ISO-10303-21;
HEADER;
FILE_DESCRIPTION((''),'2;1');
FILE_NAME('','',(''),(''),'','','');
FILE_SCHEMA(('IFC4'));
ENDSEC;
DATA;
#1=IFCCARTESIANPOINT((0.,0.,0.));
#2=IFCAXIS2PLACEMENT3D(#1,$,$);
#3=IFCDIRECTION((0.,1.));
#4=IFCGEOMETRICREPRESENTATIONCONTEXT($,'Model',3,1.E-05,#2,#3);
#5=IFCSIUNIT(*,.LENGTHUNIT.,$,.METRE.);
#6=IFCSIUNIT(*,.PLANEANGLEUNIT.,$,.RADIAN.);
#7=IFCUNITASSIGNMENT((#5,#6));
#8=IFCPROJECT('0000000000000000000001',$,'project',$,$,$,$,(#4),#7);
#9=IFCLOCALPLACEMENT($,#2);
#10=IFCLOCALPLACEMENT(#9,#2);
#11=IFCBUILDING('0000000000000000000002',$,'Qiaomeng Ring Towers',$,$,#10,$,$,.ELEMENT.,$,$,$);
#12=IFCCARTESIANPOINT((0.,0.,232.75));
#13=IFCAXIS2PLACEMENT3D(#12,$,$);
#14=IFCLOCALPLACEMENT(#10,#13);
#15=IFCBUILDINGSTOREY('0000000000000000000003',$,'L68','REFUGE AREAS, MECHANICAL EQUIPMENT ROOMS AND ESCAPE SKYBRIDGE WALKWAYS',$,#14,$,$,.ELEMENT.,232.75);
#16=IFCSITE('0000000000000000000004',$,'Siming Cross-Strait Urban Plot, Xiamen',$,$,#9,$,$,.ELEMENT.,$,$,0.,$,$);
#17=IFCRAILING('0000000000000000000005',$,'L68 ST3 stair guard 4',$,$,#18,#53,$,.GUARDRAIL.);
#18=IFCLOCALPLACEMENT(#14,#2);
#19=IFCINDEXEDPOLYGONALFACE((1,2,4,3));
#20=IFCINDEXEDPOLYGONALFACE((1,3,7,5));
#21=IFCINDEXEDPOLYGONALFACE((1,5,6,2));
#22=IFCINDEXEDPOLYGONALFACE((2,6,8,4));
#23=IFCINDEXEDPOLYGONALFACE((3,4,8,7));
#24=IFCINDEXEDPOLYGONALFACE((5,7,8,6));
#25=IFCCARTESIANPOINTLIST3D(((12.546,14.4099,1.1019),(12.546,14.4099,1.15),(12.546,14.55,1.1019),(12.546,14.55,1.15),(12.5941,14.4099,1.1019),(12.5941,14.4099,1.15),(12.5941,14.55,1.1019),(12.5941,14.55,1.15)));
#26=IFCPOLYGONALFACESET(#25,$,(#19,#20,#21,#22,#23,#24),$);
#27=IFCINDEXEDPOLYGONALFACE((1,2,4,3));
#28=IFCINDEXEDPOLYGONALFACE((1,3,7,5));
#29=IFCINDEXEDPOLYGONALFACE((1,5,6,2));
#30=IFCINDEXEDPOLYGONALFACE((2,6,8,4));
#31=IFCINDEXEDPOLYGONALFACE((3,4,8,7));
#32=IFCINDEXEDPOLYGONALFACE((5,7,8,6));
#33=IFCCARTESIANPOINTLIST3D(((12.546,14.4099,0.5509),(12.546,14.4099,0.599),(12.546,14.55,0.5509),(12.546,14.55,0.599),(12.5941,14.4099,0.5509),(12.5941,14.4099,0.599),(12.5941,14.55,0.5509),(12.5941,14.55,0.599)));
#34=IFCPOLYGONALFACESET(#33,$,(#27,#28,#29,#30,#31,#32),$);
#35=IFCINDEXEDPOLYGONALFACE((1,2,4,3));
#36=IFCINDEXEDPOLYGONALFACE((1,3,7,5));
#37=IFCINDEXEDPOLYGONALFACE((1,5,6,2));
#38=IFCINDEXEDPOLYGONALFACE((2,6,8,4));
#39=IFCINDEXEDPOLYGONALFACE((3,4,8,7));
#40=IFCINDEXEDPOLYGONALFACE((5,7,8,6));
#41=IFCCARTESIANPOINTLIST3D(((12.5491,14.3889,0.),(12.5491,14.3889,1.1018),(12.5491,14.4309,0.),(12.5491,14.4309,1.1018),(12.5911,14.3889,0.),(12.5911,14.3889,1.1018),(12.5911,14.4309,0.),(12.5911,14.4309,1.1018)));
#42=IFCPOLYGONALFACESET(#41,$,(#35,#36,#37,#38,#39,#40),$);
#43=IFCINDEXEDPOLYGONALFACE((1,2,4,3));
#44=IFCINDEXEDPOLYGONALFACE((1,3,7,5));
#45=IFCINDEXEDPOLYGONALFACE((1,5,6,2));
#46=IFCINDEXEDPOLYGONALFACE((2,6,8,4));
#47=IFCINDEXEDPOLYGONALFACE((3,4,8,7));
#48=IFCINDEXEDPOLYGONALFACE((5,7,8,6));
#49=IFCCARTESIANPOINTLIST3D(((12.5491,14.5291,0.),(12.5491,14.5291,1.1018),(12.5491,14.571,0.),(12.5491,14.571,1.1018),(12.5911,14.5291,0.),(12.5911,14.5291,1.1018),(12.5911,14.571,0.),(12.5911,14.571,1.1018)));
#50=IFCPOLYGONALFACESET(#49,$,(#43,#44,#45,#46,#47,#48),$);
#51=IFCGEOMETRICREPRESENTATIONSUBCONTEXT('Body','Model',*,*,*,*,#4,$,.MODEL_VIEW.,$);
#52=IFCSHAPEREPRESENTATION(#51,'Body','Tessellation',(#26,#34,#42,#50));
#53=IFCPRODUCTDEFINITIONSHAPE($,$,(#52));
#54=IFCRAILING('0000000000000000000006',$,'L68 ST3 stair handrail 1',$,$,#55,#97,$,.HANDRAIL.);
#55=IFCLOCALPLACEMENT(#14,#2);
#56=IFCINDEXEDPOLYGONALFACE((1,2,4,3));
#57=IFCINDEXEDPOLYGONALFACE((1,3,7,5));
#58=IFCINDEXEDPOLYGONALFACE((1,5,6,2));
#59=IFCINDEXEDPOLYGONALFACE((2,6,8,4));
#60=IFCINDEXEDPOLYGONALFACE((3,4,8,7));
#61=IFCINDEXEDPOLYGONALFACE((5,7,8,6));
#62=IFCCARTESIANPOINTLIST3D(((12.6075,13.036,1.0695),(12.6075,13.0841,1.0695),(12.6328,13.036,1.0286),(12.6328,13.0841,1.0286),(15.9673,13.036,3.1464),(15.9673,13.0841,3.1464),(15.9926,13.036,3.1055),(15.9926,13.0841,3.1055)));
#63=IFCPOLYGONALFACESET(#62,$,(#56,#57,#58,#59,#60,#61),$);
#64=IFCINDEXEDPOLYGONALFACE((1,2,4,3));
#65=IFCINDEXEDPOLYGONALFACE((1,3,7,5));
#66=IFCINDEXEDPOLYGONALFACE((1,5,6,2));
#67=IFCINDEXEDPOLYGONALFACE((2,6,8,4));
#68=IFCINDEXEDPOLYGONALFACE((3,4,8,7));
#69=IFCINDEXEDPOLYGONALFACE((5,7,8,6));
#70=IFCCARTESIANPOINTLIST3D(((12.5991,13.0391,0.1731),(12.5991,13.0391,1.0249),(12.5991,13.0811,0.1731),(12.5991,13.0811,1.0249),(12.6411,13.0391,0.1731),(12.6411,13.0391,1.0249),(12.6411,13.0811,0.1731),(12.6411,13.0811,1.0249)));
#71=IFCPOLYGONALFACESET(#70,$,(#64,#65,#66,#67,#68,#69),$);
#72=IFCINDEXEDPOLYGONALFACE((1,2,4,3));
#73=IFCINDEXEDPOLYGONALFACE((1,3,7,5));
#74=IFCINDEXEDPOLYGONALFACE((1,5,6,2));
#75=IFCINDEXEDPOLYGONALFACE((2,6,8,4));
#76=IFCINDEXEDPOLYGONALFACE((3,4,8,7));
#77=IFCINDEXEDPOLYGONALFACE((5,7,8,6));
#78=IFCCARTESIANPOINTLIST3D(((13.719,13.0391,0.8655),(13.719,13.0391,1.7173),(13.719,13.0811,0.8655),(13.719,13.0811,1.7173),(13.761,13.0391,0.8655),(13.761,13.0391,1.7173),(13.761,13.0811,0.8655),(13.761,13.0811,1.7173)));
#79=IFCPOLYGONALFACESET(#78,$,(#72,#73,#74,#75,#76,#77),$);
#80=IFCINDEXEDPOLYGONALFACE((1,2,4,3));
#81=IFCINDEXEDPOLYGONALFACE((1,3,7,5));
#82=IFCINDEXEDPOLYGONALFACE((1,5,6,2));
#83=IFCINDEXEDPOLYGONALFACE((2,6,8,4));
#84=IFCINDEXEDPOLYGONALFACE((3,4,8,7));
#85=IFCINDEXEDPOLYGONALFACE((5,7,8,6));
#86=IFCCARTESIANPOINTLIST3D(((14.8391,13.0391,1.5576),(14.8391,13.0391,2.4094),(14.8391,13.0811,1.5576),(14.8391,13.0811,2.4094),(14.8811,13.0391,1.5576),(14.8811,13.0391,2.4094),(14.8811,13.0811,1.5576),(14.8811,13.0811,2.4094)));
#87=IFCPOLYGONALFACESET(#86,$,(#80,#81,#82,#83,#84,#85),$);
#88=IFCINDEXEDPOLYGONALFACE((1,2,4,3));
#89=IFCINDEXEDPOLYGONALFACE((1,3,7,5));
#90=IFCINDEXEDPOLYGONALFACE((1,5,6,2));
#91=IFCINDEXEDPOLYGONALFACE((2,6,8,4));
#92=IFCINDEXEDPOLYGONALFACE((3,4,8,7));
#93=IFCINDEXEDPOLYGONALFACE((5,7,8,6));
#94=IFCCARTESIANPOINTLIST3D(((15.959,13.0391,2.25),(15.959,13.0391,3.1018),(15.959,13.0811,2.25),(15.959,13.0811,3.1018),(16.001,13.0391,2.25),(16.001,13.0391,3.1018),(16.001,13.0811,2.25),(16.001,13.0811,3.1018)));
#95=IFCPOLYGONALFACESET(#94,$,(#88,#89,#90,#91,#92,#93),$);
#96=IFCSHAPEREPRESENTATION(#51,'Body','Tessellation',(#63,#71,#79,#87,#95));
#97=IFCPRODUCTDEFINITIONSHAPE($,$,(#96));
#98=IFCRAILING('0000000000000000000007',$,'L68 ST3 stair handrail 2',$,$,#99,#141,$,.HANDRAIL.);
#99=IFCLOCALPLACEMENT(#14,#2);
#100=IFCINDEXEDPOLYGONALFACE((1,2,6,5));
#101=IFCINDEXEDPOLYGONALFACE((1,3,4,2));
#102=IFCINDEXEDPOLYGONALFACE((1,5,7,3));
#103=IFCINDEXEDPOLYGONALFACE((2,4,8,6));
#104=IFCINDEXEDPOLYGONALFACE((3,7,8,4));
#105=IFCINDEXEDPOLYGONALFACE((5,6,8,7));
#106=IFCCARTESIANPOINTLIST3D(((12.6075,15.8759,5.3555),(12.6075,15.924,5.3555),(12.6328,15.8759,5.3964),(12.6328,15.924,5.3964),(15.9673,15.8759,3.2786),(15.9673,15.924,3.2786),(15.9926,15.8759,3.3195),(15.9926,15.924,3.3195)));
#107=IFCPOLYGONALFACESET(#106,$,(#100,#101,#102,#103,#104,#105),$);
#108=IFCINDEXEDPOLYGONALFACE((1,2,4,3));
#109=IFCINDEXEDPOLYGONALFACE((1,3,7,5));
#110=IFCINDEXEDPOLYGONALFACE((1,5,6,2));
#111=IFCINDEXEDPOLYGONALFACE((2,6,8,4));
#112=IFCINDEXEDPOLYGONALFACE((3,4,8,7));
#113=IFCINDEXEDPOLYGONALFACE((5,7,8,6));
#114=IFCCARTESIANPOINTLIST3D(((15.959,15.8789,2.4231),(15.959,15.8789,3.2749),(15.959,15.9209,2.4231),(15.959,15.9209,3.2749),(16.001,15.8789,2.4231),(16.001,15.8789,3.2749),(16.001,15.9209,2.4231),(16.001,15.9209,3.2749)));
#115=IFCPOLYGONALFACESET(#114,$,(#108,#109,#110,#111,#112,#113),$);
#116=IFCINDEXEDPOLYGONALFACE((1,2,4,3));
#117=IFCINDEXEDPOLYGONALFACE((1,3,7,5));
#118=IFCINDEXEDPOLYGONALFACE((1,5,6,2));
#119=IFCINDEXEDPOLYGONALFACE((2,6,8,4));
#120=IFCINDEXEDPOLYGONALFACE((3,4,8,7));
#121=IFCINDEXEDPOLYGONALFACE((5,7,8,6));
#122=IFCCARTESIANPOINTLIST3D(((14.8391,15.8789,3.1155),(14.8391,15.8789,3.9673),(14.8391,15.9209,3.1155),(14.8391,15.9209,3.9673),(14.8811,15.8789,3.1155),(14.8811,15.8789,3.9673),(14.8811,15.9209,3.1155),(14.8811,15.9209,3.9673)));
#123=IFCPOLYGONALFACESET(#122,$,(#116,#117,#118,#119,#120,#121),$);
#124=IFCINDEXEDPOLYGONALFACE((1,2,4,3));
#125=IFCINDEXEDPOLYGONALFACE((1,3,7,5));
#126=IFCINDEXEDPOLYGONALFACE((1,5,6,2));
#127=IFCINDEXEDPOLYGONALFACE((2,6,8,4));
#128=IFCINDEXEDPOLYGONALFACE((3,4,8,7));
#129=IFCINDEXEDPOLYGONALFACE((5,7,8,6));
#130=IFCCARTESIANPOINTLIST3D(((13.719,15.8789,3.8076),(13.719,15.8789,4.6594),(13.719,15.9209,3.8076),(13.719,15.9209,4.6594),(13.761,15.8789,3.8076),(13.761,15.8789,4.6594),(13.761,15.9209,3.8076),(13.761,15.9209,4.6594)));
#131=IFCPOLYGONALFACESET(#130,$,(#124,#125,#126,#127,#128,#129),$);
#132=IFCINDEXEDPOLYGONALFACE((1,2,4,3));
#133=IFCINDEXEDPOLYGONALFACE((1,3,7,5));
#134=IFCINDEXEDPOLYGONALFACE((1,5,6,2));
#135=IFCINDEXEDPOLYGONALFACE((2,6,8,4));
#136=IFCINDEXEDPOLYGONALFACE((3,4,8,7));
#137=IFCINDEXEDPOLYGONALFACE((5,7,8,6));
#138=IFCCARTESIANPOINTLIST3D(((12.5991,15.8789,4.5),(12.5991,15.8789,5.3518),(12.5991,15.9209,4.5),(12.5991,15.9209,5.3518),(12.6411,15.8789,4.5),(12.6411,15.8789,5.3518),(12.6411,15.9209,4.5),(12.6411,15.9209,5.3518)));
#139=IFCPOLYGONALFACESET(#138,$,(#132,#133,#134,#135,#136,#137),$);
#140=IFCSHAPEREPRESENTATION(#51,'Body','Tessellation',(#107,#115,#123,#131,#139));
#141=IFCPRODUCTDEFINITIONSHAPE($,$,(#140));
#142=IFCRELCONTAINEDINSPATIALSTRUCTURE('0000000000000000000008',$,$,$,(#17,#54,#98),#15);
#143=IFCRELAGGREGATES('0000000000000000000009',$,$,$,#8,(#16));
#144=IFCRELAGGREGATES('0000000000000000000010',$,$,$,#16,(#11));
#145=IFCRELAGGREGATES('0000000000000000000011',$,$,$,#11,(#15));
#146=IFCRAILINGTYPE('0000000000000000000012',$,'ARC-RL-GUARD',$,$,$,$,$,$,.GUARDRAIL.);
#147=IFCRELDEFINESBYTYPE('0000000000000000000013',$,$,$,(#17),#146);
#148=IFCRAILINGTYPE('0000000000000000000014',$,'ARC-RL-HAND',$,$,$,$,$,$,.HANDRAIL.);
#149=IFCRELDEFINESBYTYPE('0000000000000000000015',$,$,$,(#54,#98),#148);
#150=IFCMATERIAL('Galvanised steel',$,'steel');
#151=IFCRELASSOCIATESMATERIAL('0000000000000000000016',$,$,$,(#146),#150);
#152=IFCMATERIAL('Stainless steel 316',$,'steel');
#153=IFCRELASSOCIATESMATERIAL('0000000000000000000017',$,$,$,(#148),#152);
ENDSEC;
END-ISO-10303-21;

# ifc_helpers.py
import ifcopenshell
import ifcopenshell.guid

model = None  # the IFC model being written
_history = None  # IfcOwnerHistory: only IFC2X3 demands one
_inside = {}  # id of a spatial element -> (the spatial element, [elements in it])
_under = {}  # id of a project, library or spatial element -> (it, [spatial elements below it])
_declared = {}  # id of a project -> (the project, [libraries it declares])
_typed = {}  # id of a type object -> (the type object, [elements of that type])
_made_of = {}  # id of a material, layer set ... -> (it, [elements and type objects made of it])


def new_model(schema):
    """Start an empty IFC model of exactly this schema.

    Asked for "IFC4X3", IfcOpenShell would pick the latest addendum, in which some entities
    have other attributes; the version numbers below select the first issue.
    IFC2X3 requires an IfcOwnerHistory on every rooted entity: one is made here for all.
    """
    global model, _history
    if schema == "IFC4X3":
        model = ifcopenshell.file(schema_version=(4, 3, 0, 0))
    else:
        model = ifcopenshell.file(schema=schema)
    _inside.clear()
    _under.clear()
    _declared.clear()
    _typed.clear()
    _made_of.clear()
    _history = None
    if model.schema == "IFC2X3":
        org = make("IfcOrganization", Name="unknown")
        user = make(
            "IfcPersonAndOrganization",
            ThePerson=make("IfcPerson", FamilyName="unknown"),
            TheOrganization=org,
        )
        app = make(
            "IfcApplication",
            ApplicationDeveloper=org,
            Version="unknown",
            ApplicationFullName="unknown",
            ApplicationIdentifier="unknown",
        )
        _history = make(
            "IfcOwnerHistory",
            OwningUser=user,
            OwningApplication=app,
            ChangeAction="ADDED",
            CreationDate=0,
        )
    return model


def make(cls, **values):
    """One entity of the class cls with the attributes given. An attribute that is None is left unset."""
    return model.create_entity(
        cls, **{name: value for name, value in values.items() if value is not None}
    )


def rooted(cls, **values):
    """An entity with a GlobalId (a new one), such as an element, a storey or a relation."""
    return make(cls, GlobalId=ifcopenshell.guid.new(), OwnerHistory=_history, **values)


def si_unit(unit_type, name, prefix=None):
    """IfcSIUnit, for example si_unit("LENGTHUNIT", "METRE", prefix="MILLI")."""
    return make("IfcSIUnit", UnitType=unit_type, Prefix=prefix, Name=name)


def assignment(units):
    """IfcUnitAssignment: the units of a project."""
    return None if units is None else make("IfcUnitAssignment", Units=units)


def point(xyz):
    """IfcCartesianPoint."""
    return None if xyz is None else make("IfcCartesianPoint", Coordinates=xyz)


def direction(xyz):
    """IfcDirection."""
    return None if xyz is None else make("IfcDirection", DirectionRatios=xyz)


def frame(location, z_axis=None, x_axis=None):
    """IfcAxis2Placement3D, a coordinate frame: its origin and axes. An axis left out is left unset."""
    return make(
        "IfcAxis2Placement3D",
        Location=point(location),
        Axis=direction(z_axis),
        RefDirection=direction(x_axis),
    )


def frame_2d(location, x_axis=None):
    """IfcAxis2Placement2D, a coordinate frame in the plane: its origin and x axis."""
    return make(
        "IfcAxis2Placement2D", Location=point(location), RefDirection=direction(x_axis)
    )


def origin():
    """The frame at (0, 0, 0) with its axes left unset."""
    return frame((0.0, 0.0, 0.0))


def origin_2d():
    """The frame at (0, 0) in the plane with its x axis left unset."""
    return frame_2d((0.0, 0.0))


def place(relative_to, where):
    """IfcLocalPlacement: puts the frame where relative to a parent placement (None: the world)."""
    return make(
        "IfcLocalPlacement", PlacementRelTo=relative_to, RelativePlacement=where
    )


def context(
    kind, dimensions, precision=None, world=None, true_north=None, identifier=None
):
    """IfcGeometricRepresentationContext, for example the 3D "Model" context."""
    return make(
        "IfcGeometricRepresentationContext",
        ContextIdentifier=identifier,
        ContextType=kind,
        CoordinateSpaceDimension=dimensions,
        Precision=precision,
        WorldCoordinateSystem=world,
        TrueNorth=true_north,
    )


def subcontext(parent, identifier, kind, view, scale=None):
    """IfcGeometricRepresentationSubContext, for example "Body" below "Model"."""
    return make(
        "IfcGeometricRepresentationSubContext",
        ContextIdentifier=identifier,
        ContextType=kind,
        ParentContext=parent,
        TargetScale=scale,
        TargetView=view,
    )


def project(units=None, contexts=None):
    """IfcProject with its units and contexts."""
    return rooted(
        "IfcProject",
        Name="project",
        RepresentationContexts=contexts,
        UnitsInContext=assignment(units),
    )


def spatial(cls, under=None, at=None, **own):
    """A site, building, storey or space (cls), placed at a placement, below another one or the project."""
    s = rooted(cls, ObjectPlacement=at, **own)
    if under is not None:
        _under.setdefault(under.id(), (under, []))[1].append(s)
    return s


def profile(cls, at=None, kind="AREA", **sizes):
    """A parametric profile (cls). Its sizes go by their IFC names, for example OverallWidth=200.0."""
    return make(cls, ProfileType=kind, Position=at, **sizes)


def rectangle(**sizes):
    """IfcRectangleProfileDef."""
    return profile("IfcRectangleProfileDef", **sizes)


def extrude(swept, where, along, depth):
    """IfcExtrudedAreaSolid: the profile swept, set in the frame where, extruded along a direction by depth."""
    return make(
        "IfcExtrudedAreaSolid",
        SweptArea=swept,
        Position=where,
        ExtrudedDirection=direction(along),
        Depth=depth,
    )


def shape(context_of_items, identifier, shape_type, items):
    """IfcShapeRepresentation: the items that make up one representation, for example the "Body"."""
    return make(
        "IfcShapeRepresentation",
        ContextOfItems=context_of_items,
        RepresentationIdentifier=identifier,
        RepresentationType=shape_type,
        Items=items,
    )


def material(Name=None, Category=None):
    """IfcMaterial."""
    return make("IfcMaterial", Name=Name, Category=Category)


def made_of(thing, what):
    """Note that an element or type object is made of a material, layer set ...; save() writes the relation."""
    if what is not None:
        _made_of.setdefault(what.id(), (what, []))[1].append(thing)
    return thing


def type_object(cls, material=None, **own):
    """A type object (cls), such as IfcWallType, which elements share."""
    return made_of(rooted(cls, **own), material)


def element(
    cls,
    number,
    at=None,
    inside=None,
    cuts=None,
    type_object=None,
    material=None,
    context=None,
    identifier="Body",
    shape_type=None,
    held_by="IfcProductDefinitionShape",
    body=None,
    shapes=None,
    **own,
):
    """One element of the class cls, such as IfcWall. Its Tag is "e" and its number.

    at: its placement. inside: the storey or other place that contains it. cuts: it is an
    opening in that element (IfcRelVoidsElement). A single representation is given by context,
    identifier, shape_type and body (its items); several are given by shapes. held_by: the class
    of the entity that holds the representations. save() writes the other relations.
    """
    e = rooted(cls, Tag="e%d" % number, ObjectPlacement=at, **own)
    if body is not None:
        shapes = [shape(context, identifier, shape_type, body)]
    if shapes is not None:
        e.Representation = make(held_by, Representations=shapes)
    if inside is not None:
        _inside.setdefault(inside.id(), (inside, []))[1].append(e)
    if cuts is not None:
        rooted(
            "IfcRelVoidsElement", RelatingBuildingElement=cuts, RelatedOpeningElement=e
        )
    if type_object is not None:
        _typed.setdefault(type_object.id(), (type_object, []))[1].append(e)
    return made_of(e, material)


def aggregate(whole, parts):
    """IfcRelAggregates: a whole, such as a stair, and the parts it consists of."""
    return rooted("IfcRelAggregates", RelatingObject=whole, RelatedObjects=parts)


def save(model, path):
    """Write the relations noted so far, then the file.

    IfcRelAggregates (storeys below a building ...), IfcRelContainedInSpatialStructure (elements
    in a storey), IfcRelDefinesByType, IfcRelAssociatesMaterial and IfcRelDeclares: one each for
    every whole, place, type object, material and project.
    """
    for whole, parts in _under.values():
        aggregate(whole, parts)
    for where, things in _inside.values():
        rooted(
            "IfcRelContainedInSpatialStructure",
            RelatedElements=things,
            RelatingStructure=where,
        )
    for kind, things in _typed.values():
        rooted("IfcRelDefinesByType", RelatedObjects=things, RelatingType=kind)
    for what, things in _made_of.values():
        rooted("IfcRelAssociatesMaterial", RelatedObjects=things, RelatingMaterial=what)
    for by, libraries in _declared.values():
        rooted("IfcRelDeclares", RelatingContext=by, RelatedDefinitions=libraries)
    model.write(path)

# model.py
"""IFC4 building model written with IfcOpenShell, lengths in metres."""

from ifc_helpers import new_model, si_unit, direction, frame, origin, origin_2d, place, context, subcontext, project, spatial, rectangle, extrude, material, type_object, element, save


model = new_model("IFC4")

# Units and contexts
model_context = context("Model", 3, precision=1e-05, world=origin(), true_north=direction((0.0, 1.0)))
body_context = subcontext(model_context, "Body", "Model", "MODEL_VIEW")
ifc_project = project(units=[si_unit("LENGTHUNIT", "METRE"), si_unit("PLANEANGLEUNIT", "RADIAN")], contexts=[model_context])

# Site, building, storey
site_placement = place(None, origin())
site = spatial("IfcSite", under=ifc_project, at=site_placement, Name="Siming Cross-Strait Urban Plot, Xiamen", CompositionType="ELEMENT", RefElevation=0.0)
building_placement = place(site_placement, origin())
building = spatial("IfcBuilding", under=site, at=building_placement, Name="Qiaomeng Ring Towers", CompositionType="ELEMENT")
storey_placement = place(building_placement, frame((0.0, 0.0, 232.75)))
storey = spatial("IfcBuildingStorey", under=building, at=storey_placement, Name="L68", Description="REFUGE AREAS, MECHANICAL EQUIPMENT ROOMS AND ESCAPE SKYBRIDGE WALKWAYS", CompositionType="ELEMENT", Elevation=232.75)

# Shared definitions
ifc_material_1 = material(Name="Galvanised steel", Category="steel")

# Railings
railing_type_1 = type_object("IfcRailingType", Name="ARC-RL-GUARD", PredefinedType="GUARDRAIL", material=ifc_material_1)
railing_1_placement = place(storey_placement, frame((12.5701, 14.4099, 0.0)))
element("IfcRailing", 1, at=railing_1_placement, inside=storey, type_object=railing_type_1, Name="L68 ST3 stair guard 4", PredefinedType="GUARDRAIL", context=body_context, shape_type="SweptSolid", body=[
    extrude(rectangle(XDim=0.0481, YDim=0.0481, at=origin_2d()), frame((0.0, 0.0, 1.126), z_axis=(0.0, 1.0, 0.0), x_axis=(-1.0, 0.0, 0.0)), (0.0, 0.0, 1.0), 0.1401),
    extrude(rectangle(XDim=0.0481, YDim=0.0481, at=origin_2d()), frame((0.0, 0.0, 0.575), z_axis=(0.0, 1.0, 0.0), x_axis=(-1.0, 0.0, 0.0)), (0.0, 0.0, 1.0), 0.1401),
    extrude(rectangle(XDim=0.042, YDim=0.042, at=origin_2d()), origin(), (0.0, 0.0, 1.0), 1.1018),
    extrude(rectangle(XDim=0.042, YDim=0.042, at=origin_2d()), frame((0.0, 0.1401, 0.0)), (0.0, 0.0, 1.0), 1.1018),
])
ifc_material_2 = material(Name="Stainless steel 316", Category="steel")
railing_type_2 = type_object("IfcRailingType", Name="ARC-RL-HAND", PredefinedType="HANDRAIL", material=ifc_material_2)
railing_2_placement = place(storey_placement, frame((12.6201, 13.0601, 0.1731)))
element("IfcRailing", 2, at=railing_2_placement, inside=storey, type_object=railing_type_2, Name="L68 ST3 stair handrail 1", PredefinedType="HANDRAIL", context=body_context, shape_type="SweptSolid", body=[
    extrude(rectangle(XDim=0.0481, YDim=0.0481, at=origin_2d()), frame((0.0, 0.0, 0.876), z_axis=(0.850606, 0.0, 0.525803), x_axis=(0.0, 1.0, 0.0)), (0.0, 0.0, 1.0), 3.95),
    extrude(rectangle(XDim=0.042, YDim=0.042, at=origin_2d()), origin(), (0.0, 0.0, 1.0), 0.8518),
    extrude(rectangle(XDim=0.042, YDim=0.042, at=origin_2d()), frame((1.1199, 0.0, 0.6924)), (0.0, 0.0, 1.0), 0.8518),
    extrude(rectangle(XDim=0.042, YDim=0.042, at=origin_2d()), frame((2.24, 0.0, 1.3845)), (0.0, 0.0, 1.0), 0.8518),
    extrude(rectangle(XDim=0.042, YDim=0.042, at=origin_2d()), frame((3.3599, 0.0, 2.0769)), (0.0, 0.0, 1.0), 0.8518),
])
railing_3_placement = place(storey_placement, frame((15.98, 15.8999, 2.4231)))
element("IfcRailing", 3, at=railing_3_placement, inside=storey, type_object=railing_type_2, Name="L68 ST3 stair handrail 2", PredefinedType="HANDRAIL", context=body_context, shape_type="SweptSolid", body=[
    extrude(rectangle(XDim=0.0481, YDim=0.0481, at=origin_2d()), frame((0.0, 0.0, 0.876), z_axis=(-0.850606, 0.0, 0.525803), x_axis=(0.0, -1.0, 0.0)), (0.0, 0.0, 1.0), 3.95),
    extrude(rectangle(XDim=0.042, YDim=0.042, at=origin_2d()), origin(), (0.0, 0.0, 1.0), 0.8518),
    extrude(rectangle(XDim=0.042, YDim=0.042, at=origin_2d()), frame((-1.1199, 0.0, 0.6924)), (0.0, 0.0, 1.0), 0.8518),
    extrude(rectangle(XDim=0.042, YDim=0.042, at=origin_2d()), frame((-2.24, 0.0, 1.3845)), (0.0, 0.0, 1.0), 0.8518),
    extrude(rectangle(XDim=0.042, YDim=0.042, at=origin_2d()), frame((-3.3599, 0.0, 2.0769)), (0.0, 0.0, 1.0), 0.8518),
])

save(model, "model.ifc")
